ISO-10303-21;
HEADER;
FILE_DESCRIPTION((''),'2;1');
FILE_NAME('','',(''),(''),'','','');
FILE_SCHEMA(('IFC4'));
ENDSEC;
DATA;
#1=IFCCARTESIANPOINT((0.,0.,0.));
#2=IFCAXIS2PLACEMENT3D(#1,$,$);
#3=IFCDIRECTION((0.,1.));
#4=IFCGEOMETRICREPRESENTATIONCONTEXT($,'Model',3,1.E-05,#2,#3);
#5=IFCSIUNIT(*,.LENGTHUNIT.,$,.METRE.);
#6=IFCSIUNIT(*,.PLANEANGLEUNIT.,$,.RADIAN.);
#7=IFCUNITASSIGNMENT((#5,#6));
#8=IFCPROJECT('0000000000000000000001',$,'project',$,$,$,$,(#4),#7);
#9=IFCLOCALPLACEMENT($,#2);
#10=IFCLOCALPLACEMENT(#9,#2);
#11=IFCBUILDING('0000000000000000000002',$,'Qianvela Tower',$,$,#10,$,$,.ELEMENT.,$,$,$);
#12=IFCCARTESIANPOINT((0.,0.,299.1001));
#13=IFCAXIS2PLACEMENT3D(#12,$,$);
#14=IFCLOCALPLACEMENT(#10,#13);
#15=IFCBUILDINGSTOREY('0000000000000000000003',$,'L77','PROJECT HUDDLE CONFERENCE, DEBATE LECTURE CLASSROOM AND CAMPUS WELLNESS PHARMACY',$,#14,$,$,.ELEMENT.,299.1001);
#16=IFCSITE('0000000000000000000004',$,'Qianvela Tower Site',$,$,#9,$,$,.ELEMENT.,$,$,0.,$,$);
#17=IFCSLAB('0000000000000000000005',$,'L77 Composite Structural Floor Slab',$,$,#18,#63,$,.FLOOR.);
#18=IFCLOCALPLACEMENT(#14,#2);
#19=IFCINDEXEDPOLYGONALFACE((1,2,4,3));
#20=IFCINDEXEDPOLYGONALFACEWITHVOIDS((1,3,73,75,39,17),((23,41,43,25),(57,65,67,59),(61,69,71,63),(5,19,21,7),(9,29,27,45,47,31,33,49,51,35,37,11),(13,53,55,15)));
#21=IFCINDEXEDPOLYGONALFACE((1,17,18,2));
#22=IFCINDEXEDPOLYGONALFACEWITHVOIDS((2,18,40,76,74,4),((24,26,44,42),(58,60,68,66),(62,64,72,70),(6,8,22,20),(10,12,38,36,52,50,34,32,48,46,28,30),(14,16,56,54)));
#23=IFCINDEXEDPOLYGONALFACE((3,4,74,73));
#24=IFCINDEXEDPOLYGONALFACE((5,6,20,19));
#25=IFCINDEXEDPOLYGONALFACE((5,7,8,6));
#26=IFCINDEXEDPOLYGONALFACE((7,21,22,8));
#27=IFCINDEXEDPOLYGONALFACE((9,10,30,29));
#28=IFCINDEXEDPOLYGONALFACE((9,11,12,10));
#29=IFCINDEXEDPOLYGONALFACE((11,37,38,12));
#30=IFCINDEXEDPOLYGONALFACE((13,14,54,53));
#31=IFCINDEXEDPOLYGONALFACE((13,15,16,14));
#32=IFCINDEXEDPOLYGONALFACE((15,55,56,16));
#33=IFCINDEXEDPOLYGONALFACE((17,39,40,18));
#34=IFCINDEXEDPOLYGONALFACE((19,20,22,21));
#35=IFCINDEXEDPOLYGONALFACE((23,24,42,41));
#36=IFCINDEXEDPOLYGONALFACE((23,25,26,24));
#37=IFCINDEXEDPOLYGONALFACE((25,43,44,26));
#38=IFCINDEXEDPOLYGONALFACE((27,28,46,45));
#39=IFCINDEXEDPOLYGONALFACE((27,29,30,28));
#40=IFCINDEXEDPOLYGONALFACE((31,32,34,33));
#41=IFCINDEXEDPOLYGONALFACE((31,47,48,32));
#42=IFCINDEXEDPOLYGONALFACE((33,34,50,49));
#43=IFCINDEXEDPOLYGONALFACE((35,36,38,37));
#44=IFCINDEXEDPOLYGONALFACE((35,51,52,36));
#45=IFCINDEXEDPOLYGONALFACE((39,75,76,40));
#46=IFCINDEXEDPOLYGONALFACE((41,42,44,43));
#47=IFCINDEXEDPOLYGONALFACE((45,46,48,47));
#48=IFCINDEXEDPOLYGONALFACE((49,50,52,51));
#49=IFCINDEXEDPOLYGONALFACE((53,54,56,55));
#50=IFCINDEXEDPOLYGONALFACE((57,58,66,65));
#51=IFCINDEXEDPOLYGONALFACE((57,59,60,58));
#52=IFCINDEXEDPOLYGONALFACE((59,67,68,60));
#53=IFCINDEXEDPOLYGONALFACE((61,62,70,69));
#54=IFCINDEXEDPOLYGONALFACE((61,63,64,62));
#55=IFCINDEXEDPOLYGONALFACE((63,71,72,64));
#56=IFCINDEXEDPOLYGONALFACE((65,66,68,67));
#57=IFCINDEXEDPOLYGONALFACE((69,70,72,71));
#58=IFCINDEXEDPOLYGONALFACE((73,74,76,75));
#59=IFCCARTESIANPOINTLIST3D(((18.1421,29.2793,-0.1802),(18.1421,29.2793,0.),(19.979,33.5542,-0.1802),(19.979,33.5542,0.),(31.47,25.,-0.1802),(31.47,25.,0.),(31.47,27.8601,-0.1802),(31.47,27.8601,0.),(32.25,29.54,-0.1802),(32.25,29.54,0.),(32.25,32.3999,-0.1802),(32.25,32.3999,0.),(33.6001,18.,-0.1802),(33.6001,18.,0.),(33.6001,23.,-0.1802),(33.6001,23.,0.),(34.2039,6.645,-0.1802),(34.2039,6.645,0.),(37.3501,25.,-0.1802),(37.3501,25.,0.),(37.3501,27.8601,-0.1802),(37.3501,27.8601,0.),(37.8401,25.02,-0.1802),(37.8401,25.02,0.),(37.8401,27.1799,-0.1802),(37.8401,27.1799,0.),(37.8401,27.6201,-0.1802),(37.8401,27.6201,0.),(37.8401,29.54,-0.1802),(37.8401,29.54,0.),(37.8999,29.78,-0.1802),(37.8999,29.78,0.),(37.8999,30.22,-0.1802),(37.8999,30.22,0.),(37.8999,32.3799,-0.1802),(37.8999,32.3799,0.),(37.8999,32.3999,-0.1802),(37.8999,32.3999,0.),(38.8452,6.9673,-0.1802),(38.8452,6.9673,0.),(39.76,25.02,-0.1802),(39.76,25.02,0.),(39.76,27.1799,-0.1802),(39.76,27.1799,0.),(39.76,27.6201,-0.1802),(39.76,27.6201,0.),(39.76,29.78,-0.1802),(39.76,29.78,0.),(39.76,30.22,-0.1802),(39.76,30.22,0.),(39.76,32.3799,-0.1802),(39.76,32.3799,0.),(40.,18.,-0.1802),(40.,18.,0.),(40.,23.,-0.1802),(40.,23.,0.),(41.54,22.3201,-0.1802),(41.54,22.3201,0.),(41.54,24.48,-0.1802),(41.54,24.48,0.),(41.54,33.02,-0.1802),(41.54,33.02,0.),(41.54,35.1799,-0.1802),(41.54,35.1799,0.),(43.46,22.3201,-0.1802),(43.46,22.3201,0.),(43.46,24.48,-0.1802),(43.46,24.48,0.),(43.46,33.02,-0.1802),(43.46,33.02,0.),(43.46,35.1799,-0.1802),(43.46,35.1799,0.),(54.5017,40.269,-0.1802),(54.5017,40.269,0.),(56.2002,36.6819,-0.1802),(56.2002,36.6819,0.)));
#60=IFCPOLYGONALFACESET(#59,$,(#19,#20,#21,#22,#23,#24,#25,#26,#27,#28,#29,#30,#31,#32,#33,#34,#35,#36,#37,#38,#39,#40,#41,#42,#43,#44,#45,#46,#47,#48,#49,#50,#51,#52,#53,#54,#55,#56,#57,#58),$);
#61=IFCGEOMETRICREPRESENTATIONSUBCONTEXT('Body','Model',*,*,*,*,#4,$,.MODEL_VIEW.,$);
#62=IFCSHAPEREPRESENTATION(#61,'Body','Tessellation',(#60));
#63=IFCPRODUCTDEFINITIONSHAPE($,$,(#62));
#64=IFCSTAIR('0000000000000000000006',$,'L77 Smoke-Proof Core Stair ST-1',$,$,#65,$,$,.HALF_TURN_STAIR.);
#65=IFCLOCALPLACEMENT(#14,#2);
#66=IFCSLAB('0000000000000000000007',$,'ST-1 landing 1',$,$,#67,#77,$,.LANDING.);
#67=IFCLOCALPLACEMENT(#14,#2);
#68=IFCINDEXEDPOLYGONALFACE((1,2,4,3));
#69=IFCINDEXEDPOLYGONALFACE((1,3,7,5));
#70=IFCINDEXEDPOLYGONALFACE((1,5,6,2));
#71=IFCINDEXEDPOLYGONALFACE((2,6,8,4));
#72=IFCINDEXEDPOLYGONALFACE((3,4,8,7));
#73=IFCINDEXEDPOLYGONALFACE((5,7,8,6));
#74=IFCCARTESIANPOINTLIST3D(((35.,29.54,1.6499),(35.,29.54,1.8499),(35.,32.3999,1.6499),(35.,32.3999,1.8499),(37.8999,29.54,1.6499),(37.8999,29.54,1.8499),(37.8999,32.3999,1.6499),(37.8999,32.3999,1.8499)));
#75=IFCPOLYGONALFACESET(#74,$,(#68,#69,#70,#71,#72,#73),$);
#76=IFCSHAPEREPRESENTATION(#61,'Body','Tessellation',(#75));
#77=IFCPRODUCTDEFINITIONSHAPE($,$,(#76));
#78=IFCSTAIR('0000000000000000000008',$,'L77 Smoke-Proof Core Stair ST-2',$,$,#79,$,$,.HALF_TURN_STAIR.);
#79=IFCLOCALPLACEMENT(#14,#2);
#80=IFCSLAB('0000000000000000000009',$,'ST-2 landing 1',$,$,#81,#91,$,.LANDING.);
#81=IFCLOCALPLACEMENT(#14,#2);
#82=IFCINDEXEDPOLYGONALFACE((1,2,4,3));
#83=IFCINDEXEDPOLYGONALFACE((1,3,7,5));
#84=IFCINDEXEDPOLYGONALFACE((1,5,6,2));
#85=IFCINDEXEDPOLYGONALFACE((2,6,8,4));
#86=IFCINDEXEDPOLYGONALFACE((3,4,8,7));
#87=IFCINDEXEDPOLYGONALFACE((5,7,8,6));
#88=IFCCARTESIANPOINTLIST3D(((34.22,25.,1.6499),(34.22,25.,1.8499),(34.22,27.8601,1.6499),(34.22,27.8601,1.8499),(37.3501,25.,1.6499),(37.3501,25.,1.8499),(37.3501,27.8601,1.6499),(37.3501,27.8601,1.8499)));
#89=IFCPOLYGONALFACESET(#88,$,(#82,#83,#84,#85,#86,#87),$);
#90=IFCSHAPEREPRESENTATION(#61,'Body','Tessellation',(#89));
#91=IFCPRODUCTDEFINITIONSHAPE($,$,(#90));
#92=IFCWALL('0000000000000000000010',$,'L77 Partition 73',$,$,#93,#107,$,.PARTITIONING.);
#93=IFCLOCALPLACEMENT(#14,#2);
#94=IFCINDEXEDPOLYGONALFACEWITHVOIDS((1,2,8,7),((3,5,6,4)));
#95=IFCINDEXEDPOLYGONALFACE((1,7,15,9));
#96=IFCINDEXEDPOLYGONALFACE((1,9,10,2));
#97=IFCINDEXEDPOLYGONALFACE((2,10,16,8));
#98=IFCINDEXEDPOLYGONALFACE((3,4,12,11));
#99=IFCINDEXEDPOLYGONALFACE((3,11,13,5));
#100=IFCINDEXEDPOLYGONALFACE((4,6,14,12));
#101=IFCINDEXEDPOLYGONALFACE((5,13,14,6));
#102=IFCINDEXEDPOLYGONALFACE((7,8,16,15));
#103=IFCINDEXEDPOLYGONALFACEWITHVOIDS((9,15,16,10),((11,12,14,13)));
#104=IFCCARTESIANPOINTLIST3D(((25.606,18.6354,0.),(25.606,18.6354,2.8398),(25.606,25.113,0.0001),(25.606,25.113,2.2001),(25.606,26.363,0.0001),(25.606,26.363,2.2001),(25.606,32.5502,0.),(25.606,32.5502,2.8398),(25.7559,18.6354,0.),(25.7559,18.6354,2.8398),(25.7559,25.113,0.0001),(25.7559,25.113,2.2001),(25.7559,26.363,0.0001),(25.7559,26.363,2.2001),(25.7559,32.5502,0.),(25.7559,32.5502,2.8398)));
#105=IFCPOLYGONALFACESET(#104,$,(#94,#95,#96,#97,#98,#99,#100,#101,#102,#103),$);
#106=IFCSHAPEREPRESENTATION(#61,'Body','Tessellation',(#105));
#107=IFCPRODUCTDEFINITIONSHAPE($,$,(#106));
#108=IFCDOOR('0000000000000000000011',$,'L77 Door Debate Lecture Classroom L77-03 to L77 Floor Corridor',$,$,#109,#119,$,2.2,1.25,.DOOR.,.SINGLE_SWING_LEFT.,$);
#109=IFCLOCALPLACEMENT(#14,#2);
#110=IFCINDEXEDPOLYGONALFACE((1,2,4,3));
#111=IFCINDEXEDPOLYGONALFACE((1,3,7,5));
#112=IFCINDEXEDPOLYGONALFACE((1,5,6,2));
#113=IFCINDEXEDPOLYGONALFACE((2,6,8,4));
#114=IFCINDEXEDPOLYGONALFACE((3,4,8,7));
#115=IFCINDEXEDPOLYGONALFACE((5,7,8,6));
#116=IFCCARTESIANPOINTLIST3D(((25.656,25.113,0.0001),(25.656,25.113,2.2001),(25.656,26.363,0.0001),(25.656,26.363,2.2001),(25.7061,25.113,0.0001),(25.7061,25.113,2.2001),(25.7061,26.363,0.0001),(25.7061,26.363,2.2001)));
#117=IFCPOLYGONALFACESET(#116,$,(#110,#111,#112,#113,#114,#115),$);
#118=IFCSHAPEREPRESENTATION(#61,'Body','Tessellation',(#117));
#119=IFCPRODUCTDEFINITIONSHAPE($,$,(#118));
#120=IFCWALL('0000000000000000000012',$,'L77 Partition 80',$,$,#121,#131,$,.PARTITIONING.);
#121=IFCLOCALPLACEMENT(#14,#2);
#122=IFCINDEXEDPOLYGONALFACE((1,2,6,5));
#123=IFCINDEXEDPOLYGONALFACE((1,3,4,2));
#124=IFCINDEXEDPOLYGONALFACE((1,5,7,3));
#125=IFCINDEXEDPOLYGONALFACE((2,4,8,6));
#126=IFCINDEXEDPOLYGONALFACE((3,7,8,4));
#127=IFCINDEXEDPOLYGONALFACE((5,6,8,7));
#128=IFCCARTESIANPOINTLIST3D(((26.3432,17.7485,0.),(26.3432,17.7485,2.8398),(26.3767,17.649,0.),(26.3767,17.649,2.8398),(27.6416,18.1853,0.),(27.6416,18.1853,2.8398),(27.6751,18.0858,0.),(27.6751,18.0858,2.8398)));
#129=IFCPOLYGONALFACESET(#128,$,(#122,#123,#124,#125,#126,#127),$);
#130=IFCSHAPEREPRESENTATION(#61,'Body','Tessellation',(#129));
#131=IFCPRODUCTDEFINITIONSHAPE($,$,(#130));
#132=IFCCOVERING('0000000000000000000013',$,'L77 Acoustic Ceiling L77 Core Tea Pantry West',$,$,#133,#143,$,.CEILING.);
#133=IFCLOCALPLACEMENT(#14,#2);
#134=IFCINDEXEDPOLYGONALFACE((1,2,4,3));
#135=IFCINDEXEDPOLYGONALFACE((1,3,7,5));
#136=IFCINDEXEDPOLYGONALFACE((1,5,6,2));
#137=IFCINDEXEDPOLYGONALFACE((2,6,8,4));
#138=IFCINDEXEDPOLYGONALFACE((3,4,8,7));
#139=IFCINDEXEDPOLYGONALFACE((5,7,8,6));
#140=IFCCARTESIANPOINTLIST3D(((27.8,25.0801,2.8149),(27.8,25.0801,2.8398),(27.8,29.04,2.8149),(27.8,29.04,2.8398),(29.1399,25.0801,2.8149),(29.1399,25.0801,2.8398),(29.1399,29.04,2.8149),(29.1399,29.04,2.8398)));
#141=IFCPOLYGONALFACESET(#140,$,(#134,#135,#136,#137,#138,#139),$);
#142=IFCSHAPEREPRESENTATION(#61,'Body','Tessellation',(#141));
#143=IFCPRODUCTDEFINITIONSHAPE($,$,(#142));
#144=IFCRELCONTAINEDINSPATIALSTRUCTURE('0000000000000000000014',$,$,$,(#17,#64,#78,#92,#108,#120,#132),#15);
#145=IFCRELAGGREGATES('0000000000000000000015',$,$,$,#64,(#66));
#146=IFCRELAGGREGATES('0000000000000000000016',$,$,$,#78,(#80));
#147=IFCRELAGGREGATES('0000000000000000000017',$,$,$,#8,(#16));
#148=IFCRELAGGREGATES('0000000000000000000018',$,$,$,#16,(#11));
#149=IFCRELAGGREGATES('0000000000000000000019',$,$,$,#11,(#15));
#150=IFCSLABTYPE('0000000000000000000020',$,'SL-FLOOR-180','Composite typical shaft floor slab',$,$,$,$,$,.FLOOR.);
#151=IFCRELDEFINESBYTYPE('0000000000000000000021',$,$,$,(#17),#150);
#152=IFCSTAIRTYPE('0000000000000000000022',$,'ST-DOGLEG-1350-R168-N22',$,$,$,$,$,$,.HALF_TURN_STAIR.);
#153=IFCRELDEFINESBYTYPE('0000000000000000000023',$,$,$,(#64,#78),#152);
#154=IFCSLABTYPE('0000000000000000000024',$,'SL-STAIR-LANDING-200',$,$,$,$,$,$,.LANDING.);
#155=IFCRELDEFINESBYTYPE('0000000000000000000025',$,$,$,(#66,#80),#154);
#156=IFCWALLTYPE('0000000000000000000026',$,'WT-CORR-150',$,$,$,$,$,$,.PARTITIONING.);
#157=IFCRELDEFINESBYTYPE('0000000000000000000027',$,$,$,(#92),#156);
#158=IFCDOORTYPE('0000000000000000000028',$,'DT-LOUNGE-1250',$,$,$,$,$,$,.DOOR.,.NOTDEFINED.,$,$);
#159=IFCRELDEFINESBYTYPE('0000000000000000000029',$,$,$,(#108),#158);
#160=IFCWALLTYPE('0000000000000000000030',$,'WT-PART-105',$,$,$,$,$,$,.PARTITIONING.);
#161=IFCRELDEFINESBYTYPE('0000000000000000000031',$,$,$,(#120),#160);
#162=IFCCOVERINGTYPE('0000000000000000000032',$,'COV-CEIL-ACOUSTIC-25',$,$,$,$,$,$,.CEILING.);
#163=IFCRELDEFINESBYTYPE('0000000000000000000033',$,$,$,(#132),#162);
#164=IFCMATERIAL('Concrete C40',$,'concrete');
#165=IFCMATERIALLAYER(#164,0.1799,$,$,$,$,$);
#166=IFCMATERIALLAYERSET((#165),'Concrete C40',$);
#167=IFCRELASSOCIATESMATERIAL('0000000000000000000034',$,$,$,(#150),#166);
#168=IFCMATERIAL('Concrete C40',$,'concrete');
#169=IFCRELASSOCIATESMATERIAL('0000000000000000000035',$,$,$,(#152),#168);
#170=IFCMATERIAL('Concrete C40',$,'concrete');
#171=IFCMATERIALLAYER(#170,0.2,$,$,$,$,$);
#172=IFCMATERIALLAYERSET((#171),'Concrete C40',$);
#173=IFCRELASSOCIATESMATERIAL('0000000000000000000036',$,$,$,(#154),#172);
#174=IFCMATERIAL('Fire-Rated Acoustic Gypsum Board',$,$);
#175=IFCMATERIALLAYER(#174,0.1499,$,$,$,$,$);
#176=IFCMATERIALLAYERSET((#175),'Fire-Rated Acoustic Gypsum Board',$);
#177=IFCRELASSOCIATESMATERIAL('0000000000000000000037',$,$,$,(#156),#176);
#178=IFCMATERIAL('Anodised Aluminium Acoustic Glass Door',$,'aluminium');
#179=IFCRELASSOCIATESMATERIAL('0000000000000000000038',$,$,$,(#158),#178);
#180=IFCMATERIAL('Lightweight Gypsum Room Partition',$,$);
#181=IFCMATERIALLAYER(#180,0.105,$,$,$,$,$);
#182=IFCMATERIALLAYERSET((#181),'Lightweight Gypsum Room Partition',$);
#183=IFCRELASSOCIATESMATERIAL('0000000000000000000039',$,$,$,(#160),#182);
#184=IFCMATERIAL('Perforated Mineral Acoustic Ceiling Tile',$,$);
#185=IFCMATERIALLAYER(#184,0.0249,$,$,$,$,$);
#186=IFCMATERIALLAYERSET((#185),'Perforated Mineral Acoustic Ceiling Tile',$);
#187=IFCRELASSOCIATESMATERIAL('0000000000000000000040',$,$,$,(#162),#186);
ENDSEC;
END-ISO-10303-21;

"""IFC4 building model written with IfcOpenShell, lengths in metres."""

from ifc_helpers import new_model, si_unit, direction, frame, frame_2d, origin, place, context, subcontext, project, spatial, polyline, rectangle, outline, extrude, material, layer, layer_set, type_object, element, fill, aggregate, save


model = new_model("IFC4")

# Units and contexts
model_context = context("Model", 3, precision=1e-05, world=origin(), true_north=direction((0.0, 1.0)))
body_context = subcontext(model_context, "Body", "Model", "MODEL_VIEW")
ifc_project = project(units=[si_unit("LENGTHUNIT", "METRE"), si_unit("PLANEANGLEUNIT", "RADIAN")], contexts=[model_context])

# Site, building, storey
site_placement = place(None, origin())
site = spatial("IfcSite", under=ifc_project, at=site_placement, Name="Qianvela Tower Site", CompositionType="ELEMENT", RefElevation=0.0)
building_placement = place(site_placement, origin())
building = spatial("IfcBuilding", under=site, at=building_placement, Name="Qianvela Tower", CompositionType="ELEMENT")
storey_placement = place(building_placement, frame((0.0, 0.0, 299.1001)))
storey = spatial("IfcBuildingStorey", under=building, at=storey_placement, Name="L77", Description="PROJECT HUDDLE CONFERENCE, DEBATE LECTURE CLASSROOM AND CAMPUS WELLNESS PHARMACY", CompositionType="ELEMENT", Elevation=299.1001)

# Slab
ifc_material_1 = material(Name="Concrete C40", Category="concrete")
ifc_layer_1 = layer(ifc_material_1, 0.1799)
ifc_layer_set_1 = layer_set([ifc_layer_1], Name="Concrete C40")
slab_type_1 = type_object("IfcSlabType", Name="SL-FLOOR-180", Description="Composite typical shaft floor slab", PredefinedType="FLOOR", material=ifc_layer_set_1)
slab_1_placement = place(storey_placement, frame((0.0, 0.0, -0.1802)))
element("IfcSlab", 1, at=slab_1_placement, inside=storey, type_object=slab_type_1, Name="L77 Composite Structural Floor Slab", PredefinedType="FLOOR", context=body_context, shape_type="SweptSolid", body=[
    extrude(outline(polyline([(56.2002, 36.6819), (54.5017, 40.269), (19.979, 33.5542), (18.1421, 29.2793), (34.2039, 6.645), (38.8452, 6.9673), (56.2002, 36.6819)]), holes=[polyline([(40.0, 23.0), (33.6001, 23.0), (33.6001, 18.0), (40.0, 18.0), (40.0, 23.0)]), polyline([(43.46, 24.48), (41.54, 24.48), (41.54, 22.3201), (43.46, 22.3201), (43.46, 24.48)]), polyline([(39.76, 27.1799), (37.8401, 27.1799), (37.8401, 25.02), (39.76, 25.02), (39.76, 27.1799)]), polyline([(37.3501, 27.8601), (31.47, 27.8601), (31.47, 25.0), (37.3501, 25.0), (37.3501, 27.8601)]), polyline([(39.76, 27.6201), (39.76, 29.78), (37.8999, 29.78), (37.8999, 30.22), (39.76, 30.22), (39.76, 32.3799), (37.8999, 32.3799), (37.8999, 32.3999), (32.25, 32.3999), (32.25, 29.54), (37.8401, 29.54), (37.8401, 27.6201), (39.76, 27.6201)]), polyline([(43.46, 35.1799), (41.54, 35.1799), (41.54, 33.02), (43.46, 33.02), (43.46, 35.1799)])]), origin(), (0.0, 0.0, 1.0), 0.1802),
])

# Stairs, slabs
ifc_material_2 = material(Name="Concrete C40", Category="concrete")
stair_type = type_object("IfcStairType", Name="ST-DOGLEG-1350-R168-N22", PredefinedType="HALF_TURN_STAIR", material=ifc_material_2)
stair_1_placement = place(storey_placement, origin())
stair_1 = element("IfcStair", 2, at=stair_1_placement, inside=storey, type_object=stair_type, Name="L77 Smoke-Proof Core Stair ST-1", PredefinedType="HALF_TURN_STAIR")
ifc_material_3 = material(Name="Concrete C40", Category="concrete")
ifc_layer_2 = layer(ifc_material_3, 0.2)
ifc_layer_set_2 = layer_set([ifc_layer_2], Name="Concrete C40")
slab_type_2 = type_object("IfcSlabType", Name="SL-STAIR-LANDING-200", PredefinedType="LANDING", material=ifc_layer_set_2)
slab_2_placement = place(storey_placement, frame((0.0, 0.0, 1.6499)))
slab_2 = element("IfcSlab", 3, at=slab_2_placement, type_object=slab_type_2, Name="ST-1 landing 1", PredefinedType="LANDING", context=body_context, shape_type="SweptSolid", body=[
    extrude(outline(polyline([(35.0, 29.54), (37.8999, 29.54), (37.8999, 32.3999), (35.0, 32.3999), (35.0, 29.54)])), origin(), (0.0, 0.0, 1.0), 0.2),
])
aggregate(stair_1, [slab_2])
stair_2_placement = place(storey_placement, origin())
stair_2 = element("IfcStair", 4, at=stair_2_placement, inside=storey, type_object=stair_type, Name="L77 Smoke-Proof Core Stair ST-2", PredefinedType="HALF_TURN_STAIR")
slab_3_placement = place(storey_placement, frame((0.0, 0.0, 1.6499)))
slab_3 = element("IfcSlab", 5, at=slab_3_placement, type_object=slab_type_2, Name="ST-2 landing 1", PredefinedType="LANDING", context=body_context, shape_type="SweptSolid", body=[
    extrude(outline(polyline([(34.22, 25.0), (37.3501, 25.0), (37.3501, 27.8601), (34.22, 27.8601), (34.22, 25.0)])), origin(), (0.0, 0.0, 1.0), 0.2),
])
aggregate(stair_2, [slab_3])

# Wall, opening, door
ifc_material_4 = material(Name="Fire-Rated Acoustic Gypsum Board")
ifc_layer_3 = layer(ifc_material_4, 0.1499)
ifc_layer_set_3 = layer_set([ifc_layer_3], Name="Fire-Rated Acoustic Gypsum Board")
wall_type_1 = type_object("IfcWallType", Name="WT-CORR-150", PredefinedType="PARTITIONING", material=ifc_layer_set_3)
wall_1_placement = place(storey_placement, frame((25.6809, 18.6353, 0.0), z_axis=(0.0, 0.0, 1.0), x_axis=(0.0, 1.0, 0.0)))
wall_1 = element("IfcWall", 6, at=wall_1_placement, inside=storey, type_object=wall_type_1, Name="L77 Partition 73", PredefinedType="PARTITIONING", context=body_context, shape_type="SweptSolid", body=[
    extrude(rectangle(XDim=13.9148, YDim=0.1499, at=frame_2d((6.9575, 0.0))), origin(), (0.0, 0.0, 1.0), 2.8398),
])
opening_placement = place(wall_1_placement, frame((6.4778, 0.0, 0.0)))
opening = element("IfcOpeningElement", 7, at=opening_placement, cuts=wall_1, PredefinedType="OPENING", context=body_context, shape_type="SweptSolid", body=[
    extrude(rectangle(XDim=1.25, YDim=2.2, at=frame_2d((0.625, 1.1001))), frame((0.0, 0.085, 0.0), z_axis=(0.0, -1.0, 0.0), x_axis=(1.0, 0.0, 0.0)), (0.0, 0.0, 1.0), 0.1699),
])
ifc_material_5 = material(Name="Anodised Aluminium Acoustic Glass Door", Category="aluminium")
door_type = type_object("IfcDoorType", Name="DT-LOUNGE-1250", OperationType="NOTDEFINED", PredefinedType="DOOR", material=ifc_material_5)
door_placement = place(opening_placement, origin())
door = element("IfcDoor", 8, at=door_placement, inside=storey, type_object=door_type, Name="L77 Door Debate Lecture Classroom L77-03 to L77 Floor Corridor", OperationType="SINGLE_SWING_LEFT", OverallHeight=2.2, OverallWidth=1.25, PredefinedType="DOOR", context=body_context, shape_type="SweptSolid", body=[
    extrude(rectangle(XDim=1.25, YDim=2.2, at=frame_2d((0.625, 1.1001))), frame((0.0, 0.0249, 0.0), z_axis=(0.0, -1.0, 0.0), x_axis=(1.0, 0.0, 0.0)), (0.0, 0.0, 1.0), 0.05),
])
fill(opening, door)

# Wall
ifc_material_6 = material(Name="Lightweight Gypsum Room Partition")
ifc_layer_4 = layer(ifc_material_6, 0.105)
ifc_layer_set_4 = layer_set([ifc_layer_4], Name="Lightweight Gypsum Room Partition")
wall_type_2 = type_object("IfcWallType", Name="WT-PART-105", PredefinedType="PARTITIONING", material=ifc_layer_set_4)
wall_2_placement = place(storey_placement, frame((26.3599, 17.6987, 0.0), z_axis=(0.0, 0.0, 1.0), x_axis=(0.947806, 0.318846, 0.0)))
element("IfcWall", 9, at=wall_2_placement, inside=storey, type_object=wall_type_2, Name="L77 Partition 80", PredefinedType="PARTITIONING", context=body_context, shape_type="SweptSolid", body=[
    extrude(rectangle(XDim=1.3699, YDim=0.105, at=frame_2d((0.6851, 0.0))), origin(), (0.0, 0.0, 1.0), 2.8398),
])

# Covering
ifc_material_7 = material(Name="Perforated Mineral Acoustic Ceiling Tile")
ifc_layer_5 = layer(ifc_material_7, 0.0249)
ifc_layer_set_5 = layer_set([ifc_layer_5], Name="Perforated Mineral Acoustic Ceiling Tile")
covering_type_1 = type_object("IfcCoveringType", Name="COV-CEIL-ACOUSTIC-25", PredefinedType="CEILING", material=ifc_layer_set_5)
covering_1_placement = place(storey_placement, frame((0.0, 0.0, 2.8149)))
element("IfcCovering", 10, at=covering_1_placement, inside=storey, type_object=covering_type_1, Name="L77 Acoustic Ceiling L77 Core Tea Pantry West", PredefinedType="CEILING", context=body_context, shape_type="SweptSolid", body=[
    extrude(outline(polyline([(27.8, 25.0801), (27.8, 29.04), (29.1399, 29.04), (29.1399, 25.0801), (27.8, 25.0801)])), origin(), (0.0, 0.0, 1.0), 0.0249),
])

save(model, "model.ifc")
